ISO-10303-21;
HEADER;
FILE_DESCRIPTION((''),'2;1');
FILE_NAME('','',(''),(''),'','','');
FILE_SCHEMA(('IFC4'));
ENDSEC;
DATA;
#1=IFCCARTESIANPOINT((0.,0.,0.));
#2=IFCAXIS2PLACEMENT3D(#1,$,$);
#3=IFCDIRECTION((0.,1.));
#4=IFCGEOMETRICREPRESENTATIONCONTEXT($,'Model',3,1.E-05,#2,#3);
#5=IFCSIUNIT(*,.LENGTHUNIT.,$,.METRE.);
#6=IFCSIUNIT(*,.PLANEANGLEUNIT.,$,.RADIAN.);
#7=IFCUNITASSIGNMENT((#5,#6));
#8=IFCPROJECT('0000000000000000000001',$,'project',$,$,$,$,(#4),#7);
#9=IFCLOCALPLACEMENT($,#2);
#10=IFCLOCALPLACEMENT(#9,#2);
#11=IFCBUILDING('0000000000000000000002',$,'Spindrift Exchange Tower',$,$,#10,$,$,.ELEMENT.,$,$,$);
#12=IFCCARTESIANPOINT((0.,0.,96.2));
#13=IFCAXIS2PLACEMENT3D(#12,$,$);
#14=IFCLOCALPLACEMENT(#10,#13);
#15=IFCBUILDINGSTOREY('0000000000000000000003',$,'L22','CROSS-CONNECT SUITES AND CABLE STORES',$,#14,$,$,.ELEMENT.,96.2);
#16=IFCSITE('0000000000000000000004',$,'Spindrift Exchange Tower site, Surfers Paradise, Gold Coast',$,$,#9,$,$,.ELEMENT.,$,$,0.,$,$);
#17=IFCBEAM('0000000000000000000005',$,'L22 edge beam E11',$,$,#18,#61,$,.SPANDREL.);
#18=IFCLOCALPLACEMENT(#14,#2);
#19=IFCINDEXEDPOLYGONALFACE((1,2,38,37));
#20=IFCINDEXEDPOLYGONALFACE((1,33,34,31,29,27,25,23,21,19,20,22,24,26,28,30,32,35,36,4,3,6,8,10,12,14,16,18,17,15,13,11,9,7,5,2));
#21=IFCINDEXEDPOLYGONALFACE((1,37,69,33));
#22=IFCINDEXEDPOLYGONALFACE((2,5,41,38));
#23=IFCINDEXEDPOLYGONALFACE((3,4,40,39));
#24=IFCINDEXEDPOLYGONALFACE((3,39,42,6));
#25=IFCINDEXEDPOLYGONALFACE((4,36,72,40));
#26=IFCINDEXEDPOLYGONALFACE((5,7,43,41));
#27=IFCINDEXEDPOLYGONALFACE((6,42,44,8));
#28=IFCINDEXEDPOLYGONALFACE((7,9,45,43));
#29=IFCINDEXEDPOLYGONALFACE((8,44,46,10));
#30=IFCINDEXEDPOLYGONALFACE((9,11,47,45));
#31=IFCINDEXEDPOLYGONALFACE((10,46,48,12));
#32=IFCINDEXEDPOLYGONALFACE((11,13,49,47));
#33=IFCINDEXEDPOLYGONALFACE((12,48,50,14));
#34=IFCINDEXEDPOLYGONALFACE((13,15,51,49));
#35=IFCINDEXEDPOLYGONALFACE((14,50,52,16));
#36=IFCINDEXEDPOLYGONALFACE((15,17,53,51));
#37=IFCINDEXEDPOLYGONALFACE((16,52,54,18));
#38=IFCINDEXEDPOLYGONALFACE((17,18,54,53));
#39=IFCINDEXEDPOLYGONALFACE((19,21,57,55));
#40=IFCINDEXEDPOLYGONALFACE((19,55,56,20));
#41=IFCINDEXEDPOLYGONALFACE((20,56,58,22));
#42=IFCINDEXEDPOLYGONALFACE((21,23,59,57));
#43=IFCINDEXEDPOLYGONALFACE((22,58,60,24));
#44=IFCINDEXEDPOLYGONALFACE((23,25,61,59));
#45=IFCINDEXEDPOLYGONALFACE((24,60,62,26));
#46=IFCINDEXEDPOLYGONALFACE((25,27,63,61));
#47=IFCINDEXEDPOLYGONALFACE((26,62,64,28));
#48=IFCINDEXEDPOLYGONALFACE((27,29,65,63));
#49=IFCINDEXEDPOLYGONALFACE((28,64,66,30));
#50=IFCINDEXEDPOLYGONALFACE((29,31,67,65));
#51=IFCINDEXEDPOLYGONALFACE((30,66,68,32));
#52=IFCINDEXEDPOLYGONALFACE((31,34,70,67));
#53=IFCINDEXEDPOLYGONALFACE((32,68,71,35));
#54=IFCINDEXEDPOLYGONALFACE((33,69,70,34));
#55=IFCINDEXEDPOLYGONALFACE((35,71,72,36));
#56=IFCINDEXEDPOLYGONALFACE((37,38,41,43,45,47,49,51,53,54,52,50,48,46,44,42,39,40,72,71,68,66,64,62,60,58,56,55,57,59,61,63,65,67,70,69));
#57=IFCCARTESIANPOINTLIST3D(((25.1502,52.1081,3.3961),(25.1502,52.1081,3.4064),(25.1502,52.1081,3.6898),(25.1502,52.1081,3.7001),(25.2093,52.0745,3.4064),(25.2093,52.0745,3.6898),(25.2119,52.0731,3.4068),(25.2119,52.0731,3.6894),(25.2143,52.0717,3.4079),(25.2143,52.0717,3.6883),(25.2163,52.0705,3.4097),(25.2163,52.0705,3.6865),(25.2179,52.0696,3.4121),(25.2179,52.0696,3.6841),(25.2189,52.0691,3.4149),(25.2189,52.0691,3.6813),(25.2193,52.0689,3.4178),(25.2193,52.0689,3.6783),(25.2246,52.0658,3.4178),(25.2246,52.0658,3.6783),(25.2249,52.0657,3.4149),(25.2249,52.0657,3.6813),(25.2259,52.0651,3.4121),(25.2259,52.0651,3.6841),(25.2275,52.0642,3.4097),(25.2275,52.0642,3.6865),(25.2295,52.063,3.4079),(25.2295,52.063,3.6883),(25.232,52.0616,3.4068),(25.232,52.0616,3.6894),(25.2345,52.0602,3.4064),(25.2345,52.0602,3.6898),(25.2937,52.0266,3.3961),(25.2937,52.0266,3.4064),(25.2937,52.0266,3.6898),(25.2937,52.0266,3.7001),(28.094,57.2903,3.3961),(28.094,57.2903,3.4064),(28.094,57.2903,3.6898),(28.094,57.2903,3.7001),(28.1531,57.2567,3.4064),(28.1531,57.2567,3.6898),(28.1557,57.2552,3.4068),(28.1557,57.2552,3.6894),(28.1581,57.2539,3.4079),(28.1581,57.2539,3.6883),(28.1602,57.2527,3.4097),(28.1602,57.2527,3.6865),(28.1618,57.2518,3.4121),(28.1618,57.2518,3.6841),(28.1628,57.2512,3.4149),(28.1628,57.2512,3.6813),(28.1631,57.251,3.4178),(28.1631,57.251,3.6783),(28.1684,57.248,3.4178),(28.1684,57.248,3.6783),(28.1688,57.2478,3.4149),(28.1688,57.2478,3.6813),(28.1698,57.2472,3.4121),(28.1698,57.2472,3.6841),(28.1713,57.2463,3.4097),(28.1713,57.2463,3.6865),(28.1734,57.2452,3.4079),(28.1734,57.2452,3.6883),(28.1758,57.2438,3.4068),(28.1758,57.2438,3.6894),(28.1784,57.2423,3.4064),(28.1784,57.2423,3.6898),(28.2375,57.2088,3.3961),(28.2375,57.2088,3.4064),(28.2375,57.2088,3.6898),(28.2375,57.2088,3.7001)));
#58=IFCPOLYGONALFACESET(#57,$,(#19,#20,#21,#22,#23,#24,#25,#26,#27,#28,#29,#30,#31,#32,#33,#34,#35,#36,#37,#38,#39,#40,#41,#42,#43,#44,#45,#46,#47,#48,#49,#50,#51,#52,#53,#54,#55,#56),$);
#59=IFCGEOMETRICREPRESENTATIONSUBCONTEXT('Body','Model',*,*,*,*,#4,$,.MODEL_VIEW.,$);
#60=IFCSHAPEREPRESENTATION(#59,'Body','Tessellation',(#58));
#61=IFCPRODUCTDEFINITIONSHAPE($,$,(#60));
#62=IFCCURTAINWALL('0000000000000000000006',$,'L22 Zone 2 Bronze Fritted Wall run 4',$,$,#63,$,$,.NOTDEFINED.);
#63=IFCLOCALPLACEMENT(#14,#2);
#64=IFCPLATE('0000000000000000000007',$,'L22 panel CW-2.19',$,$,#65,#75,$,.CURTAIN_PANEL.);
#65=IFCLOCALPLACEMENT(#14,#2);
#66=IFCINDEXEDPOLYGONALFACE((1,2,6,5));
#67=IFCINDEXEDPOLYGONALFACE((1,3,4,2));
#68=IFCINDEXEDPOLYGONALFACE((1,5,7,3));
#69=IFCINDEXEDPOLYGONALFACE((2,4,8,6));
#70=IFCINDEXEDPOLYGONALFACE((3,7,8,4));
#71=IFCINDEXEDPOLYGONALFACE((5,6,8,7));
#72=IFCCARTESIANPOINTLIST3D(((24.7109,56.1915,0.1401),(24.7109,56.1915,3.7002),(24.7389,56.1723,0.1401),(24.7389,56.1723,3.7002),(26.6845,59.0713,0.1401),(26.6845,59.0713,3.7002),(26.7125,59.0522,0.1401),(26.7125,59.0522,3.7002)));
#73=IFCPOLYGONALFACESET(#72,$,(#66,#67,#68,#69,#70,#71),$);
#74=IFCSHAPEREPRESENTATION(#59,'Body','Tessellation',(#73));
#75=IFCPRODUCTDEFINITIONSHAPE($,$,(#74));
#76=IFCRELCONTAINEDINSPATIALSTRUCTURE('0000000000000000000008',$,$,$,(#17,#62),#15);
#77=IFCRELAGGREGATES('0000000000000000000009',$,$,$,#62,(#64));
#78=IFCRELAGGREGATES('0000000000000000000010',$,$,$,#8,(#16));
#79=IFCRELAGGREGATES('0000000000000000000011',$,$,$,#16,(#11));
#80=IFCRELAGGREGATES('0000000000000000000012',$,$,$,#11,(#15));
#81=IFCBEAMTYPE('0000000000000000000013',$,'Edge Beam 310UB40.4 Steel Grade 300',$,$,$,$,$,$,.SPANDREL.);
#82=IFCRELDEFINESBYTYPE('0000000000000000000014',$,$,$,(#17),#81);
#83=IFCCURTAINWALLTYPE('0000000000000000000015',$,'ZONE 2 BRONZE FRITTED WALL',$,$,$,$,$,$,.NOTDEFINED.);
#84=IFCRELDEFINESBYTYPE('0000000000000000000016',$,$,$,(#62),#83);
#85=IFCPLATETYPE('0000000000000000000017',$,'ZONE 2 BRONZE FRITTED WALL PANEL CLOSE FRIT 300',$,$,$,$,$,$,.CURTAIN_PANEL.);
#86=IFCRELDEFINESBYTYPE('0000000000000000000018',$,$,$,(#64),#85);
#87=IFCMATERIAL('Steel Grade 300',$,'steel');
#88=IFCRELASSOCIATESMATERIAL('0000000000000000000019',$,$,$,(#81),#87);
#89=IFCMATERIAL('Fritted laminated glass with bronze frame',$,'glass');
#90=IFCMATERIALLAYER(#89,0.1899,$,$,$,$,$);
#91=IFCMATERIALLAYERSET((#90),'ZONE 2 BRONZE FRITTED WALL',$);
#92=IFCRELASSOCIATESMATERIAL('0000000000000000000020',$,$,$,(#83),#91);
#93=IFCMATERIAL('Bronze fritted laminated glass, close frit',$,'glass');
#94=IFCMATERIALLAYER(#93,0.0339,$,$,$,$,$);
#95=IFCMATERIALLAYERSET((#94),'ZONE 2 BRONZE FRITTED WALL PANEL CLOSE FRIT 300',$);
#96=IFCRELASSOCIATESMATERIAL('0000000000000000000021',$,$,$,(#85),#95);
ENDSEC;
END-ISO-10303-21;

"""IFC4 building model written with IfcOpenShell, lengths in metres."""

from ifc_helpers import new_model, si_unit, direction, frame, origin, origin_2d, place, context, subcontext, project, spatial, rectangle, i_section, extrude, source, transform, mapped, material, layer, layer_set, material_profile, profile_set, type_object, element, aggregate, save


model = new_model("IFC4")

# Units and contexts
model_context = context("Model", 3, precision=1e-05, world=origin(), true_north=direction((0.0, 1.0)))
body_context = subcontext(model_context, "Body", "Model", "MODEL_VIEW")
ifc_project = project(units=[si_unit("LENGTHUNIT", "METRE"), si_unit("PLANEANGLEUNIT", "RADIAN")], contexts=[model_context])

# Site, building, storey
site_placement = place(None, origin())
site = spatial("IfcSite", under=ifc_project, at=site_placement, Name="Spindrift Exchange Tower site, Surfers Paradise, Gold Coast", CompositionType="ELEMENT", RefElevation=0.0)
building_placement = place(site_placement, origin())
building = spatial("IfcBuilding", under=site, at=building_placement, Name="Spindrift Exchange Tower", CompositionType="ELEMENT")
storey_placement = place(building_placement, frame((0.0, 0.0, 96.2)))
storey = spatial("IfcBuildingStorey", under=building, at=storey_placement, Name="L22", Description="CROSS-CONNECT SUITES AND CABLE STORES", CompositionType="ELEMENT", Elevation=96.2)

# Beam
ifc_material_1 = material(Name="Steel Grade 300", Category="steel")
ifc_material_profile_1 = material_profile(ifc_material_1, i_section(OverallWidth=0.165, OverallDepth=0.304, WebThickness=0.0061, FlangeThickness=0.0103, FilletRadius=0.0115, at=origin_2d()), Name="310UB40.4")
ifc_profile_set_1 = profile_set([ifc_material_profile_1], Name="Steel Grade 300")
beam_type_1 = type_object("IfcBeamType", Name="Edge Beam 310UB40.4 Steel Grade 300", PredefinedType="SPANDREL", material=ifc_profile_set_1)
shared_shape_1 = source(origin(), body_context, "Body", "SweptSolid", [
    extrude(i_section(OverallWidth=0.165, OverallDepth=0.304, WebThickness=0.0061, FlangeThickness=0.0103, FilletRadius=0.0115, at=origin_2d()), origin(), (0.0, 0.0, 1.0), 5.96),
])
beam_1_placement = place(storey_placement, frame((28.1658, 57.2495, 3.5481), z_axis=(-0.49394, -0.869496, 0.0), x_axis=(0.869496, -0.49394, 0.0)))
element("IfcBeam", 1, at=beam_1_placement, inside=storey, type_object=beam_type_1, Name="L22 edge beam E11", PredefinedType="SPANDREL", context=body_context, shape_type="MappedRepresentation", body=[
    mapped(shared_shape_1, transform((0.0, 0.0, 0.0), scale=1.0)),
])

# Curtain wall, plate
ifc_material_2 = material(Name="Fritted laminated glass with bronze frame", Category="glass")
ifc_layer_1 = layer(ifc_material_2, 0.1899)
ifc_layer_set_1 = layer_set([ifc_layer_1], Name="ZONE 2 BRONZE FRITTED WALL")
curtain_wall_type = type_object("IfcCurtainWallType", Name="ZONE 2 BRONZE FRITTED WALL", PredefinedType="NOTDEFINED", material=ifc_layer_set_1)
curtain_wall_placement = place(storey_placement, origin())
curtain_wall = element("IfcCurtainWall", 2, at=curtain_wall_placement, inside=storey, type_object=curtain_wall_type, Name="L22 Zone 2 Bronze Fritted Wall run 4", PredefinedType="NOTDEFINED")
ifc_material_3 = material(Name="Bronze fritted laminated glass, close frit", Category="glass")
ifc_layer_2 = layer(ifc_material_3, 0.0339)
ifc_layer_set_2 = layer_set([ifc_layer_2], Name="ZONE 2 BRONZE FRITTED WALL PANEL CLOSE FRIT 300")
plate_type = type_object("IfcPlateType", Name="ZONE 2 BRONZE FRITTED WALL PANEL CLOSE FRIT 300", PredefinedType="CURTAIN_PANEL", material=ifc_layer_set_2)
shared_shape_2 = source(origin(), body_context, "Body", "SweptSolid", [
    extrude(rectangle(XDim=3.4912, YDim=0.0339, at=origin_2d()), origin(), (0.0, 0.0, 1.0), 3.5601),
])
plate_placement = place(storey_placement, frame((25.7117, 57.6218, 0.1401), z_axis=(0.0, 0.0, 1.0), x_axis=(-0.5653, -0.824886, 0.0)))
plate = element("IfcPlate", 3, at=plate_placement, type_object=plate_type, Name="L22 panel CW-2.19", PredefinedType="CURTAIN_PANEL", context=body_context, shape_type="MappedRepresentation", body=[
    mapped(shared_shape_2, transform((0.0, 0.0, 0.0), scale=1.0)),
])
aggregate(curtain_wall, [plate])

save(model, "model.ifc")
